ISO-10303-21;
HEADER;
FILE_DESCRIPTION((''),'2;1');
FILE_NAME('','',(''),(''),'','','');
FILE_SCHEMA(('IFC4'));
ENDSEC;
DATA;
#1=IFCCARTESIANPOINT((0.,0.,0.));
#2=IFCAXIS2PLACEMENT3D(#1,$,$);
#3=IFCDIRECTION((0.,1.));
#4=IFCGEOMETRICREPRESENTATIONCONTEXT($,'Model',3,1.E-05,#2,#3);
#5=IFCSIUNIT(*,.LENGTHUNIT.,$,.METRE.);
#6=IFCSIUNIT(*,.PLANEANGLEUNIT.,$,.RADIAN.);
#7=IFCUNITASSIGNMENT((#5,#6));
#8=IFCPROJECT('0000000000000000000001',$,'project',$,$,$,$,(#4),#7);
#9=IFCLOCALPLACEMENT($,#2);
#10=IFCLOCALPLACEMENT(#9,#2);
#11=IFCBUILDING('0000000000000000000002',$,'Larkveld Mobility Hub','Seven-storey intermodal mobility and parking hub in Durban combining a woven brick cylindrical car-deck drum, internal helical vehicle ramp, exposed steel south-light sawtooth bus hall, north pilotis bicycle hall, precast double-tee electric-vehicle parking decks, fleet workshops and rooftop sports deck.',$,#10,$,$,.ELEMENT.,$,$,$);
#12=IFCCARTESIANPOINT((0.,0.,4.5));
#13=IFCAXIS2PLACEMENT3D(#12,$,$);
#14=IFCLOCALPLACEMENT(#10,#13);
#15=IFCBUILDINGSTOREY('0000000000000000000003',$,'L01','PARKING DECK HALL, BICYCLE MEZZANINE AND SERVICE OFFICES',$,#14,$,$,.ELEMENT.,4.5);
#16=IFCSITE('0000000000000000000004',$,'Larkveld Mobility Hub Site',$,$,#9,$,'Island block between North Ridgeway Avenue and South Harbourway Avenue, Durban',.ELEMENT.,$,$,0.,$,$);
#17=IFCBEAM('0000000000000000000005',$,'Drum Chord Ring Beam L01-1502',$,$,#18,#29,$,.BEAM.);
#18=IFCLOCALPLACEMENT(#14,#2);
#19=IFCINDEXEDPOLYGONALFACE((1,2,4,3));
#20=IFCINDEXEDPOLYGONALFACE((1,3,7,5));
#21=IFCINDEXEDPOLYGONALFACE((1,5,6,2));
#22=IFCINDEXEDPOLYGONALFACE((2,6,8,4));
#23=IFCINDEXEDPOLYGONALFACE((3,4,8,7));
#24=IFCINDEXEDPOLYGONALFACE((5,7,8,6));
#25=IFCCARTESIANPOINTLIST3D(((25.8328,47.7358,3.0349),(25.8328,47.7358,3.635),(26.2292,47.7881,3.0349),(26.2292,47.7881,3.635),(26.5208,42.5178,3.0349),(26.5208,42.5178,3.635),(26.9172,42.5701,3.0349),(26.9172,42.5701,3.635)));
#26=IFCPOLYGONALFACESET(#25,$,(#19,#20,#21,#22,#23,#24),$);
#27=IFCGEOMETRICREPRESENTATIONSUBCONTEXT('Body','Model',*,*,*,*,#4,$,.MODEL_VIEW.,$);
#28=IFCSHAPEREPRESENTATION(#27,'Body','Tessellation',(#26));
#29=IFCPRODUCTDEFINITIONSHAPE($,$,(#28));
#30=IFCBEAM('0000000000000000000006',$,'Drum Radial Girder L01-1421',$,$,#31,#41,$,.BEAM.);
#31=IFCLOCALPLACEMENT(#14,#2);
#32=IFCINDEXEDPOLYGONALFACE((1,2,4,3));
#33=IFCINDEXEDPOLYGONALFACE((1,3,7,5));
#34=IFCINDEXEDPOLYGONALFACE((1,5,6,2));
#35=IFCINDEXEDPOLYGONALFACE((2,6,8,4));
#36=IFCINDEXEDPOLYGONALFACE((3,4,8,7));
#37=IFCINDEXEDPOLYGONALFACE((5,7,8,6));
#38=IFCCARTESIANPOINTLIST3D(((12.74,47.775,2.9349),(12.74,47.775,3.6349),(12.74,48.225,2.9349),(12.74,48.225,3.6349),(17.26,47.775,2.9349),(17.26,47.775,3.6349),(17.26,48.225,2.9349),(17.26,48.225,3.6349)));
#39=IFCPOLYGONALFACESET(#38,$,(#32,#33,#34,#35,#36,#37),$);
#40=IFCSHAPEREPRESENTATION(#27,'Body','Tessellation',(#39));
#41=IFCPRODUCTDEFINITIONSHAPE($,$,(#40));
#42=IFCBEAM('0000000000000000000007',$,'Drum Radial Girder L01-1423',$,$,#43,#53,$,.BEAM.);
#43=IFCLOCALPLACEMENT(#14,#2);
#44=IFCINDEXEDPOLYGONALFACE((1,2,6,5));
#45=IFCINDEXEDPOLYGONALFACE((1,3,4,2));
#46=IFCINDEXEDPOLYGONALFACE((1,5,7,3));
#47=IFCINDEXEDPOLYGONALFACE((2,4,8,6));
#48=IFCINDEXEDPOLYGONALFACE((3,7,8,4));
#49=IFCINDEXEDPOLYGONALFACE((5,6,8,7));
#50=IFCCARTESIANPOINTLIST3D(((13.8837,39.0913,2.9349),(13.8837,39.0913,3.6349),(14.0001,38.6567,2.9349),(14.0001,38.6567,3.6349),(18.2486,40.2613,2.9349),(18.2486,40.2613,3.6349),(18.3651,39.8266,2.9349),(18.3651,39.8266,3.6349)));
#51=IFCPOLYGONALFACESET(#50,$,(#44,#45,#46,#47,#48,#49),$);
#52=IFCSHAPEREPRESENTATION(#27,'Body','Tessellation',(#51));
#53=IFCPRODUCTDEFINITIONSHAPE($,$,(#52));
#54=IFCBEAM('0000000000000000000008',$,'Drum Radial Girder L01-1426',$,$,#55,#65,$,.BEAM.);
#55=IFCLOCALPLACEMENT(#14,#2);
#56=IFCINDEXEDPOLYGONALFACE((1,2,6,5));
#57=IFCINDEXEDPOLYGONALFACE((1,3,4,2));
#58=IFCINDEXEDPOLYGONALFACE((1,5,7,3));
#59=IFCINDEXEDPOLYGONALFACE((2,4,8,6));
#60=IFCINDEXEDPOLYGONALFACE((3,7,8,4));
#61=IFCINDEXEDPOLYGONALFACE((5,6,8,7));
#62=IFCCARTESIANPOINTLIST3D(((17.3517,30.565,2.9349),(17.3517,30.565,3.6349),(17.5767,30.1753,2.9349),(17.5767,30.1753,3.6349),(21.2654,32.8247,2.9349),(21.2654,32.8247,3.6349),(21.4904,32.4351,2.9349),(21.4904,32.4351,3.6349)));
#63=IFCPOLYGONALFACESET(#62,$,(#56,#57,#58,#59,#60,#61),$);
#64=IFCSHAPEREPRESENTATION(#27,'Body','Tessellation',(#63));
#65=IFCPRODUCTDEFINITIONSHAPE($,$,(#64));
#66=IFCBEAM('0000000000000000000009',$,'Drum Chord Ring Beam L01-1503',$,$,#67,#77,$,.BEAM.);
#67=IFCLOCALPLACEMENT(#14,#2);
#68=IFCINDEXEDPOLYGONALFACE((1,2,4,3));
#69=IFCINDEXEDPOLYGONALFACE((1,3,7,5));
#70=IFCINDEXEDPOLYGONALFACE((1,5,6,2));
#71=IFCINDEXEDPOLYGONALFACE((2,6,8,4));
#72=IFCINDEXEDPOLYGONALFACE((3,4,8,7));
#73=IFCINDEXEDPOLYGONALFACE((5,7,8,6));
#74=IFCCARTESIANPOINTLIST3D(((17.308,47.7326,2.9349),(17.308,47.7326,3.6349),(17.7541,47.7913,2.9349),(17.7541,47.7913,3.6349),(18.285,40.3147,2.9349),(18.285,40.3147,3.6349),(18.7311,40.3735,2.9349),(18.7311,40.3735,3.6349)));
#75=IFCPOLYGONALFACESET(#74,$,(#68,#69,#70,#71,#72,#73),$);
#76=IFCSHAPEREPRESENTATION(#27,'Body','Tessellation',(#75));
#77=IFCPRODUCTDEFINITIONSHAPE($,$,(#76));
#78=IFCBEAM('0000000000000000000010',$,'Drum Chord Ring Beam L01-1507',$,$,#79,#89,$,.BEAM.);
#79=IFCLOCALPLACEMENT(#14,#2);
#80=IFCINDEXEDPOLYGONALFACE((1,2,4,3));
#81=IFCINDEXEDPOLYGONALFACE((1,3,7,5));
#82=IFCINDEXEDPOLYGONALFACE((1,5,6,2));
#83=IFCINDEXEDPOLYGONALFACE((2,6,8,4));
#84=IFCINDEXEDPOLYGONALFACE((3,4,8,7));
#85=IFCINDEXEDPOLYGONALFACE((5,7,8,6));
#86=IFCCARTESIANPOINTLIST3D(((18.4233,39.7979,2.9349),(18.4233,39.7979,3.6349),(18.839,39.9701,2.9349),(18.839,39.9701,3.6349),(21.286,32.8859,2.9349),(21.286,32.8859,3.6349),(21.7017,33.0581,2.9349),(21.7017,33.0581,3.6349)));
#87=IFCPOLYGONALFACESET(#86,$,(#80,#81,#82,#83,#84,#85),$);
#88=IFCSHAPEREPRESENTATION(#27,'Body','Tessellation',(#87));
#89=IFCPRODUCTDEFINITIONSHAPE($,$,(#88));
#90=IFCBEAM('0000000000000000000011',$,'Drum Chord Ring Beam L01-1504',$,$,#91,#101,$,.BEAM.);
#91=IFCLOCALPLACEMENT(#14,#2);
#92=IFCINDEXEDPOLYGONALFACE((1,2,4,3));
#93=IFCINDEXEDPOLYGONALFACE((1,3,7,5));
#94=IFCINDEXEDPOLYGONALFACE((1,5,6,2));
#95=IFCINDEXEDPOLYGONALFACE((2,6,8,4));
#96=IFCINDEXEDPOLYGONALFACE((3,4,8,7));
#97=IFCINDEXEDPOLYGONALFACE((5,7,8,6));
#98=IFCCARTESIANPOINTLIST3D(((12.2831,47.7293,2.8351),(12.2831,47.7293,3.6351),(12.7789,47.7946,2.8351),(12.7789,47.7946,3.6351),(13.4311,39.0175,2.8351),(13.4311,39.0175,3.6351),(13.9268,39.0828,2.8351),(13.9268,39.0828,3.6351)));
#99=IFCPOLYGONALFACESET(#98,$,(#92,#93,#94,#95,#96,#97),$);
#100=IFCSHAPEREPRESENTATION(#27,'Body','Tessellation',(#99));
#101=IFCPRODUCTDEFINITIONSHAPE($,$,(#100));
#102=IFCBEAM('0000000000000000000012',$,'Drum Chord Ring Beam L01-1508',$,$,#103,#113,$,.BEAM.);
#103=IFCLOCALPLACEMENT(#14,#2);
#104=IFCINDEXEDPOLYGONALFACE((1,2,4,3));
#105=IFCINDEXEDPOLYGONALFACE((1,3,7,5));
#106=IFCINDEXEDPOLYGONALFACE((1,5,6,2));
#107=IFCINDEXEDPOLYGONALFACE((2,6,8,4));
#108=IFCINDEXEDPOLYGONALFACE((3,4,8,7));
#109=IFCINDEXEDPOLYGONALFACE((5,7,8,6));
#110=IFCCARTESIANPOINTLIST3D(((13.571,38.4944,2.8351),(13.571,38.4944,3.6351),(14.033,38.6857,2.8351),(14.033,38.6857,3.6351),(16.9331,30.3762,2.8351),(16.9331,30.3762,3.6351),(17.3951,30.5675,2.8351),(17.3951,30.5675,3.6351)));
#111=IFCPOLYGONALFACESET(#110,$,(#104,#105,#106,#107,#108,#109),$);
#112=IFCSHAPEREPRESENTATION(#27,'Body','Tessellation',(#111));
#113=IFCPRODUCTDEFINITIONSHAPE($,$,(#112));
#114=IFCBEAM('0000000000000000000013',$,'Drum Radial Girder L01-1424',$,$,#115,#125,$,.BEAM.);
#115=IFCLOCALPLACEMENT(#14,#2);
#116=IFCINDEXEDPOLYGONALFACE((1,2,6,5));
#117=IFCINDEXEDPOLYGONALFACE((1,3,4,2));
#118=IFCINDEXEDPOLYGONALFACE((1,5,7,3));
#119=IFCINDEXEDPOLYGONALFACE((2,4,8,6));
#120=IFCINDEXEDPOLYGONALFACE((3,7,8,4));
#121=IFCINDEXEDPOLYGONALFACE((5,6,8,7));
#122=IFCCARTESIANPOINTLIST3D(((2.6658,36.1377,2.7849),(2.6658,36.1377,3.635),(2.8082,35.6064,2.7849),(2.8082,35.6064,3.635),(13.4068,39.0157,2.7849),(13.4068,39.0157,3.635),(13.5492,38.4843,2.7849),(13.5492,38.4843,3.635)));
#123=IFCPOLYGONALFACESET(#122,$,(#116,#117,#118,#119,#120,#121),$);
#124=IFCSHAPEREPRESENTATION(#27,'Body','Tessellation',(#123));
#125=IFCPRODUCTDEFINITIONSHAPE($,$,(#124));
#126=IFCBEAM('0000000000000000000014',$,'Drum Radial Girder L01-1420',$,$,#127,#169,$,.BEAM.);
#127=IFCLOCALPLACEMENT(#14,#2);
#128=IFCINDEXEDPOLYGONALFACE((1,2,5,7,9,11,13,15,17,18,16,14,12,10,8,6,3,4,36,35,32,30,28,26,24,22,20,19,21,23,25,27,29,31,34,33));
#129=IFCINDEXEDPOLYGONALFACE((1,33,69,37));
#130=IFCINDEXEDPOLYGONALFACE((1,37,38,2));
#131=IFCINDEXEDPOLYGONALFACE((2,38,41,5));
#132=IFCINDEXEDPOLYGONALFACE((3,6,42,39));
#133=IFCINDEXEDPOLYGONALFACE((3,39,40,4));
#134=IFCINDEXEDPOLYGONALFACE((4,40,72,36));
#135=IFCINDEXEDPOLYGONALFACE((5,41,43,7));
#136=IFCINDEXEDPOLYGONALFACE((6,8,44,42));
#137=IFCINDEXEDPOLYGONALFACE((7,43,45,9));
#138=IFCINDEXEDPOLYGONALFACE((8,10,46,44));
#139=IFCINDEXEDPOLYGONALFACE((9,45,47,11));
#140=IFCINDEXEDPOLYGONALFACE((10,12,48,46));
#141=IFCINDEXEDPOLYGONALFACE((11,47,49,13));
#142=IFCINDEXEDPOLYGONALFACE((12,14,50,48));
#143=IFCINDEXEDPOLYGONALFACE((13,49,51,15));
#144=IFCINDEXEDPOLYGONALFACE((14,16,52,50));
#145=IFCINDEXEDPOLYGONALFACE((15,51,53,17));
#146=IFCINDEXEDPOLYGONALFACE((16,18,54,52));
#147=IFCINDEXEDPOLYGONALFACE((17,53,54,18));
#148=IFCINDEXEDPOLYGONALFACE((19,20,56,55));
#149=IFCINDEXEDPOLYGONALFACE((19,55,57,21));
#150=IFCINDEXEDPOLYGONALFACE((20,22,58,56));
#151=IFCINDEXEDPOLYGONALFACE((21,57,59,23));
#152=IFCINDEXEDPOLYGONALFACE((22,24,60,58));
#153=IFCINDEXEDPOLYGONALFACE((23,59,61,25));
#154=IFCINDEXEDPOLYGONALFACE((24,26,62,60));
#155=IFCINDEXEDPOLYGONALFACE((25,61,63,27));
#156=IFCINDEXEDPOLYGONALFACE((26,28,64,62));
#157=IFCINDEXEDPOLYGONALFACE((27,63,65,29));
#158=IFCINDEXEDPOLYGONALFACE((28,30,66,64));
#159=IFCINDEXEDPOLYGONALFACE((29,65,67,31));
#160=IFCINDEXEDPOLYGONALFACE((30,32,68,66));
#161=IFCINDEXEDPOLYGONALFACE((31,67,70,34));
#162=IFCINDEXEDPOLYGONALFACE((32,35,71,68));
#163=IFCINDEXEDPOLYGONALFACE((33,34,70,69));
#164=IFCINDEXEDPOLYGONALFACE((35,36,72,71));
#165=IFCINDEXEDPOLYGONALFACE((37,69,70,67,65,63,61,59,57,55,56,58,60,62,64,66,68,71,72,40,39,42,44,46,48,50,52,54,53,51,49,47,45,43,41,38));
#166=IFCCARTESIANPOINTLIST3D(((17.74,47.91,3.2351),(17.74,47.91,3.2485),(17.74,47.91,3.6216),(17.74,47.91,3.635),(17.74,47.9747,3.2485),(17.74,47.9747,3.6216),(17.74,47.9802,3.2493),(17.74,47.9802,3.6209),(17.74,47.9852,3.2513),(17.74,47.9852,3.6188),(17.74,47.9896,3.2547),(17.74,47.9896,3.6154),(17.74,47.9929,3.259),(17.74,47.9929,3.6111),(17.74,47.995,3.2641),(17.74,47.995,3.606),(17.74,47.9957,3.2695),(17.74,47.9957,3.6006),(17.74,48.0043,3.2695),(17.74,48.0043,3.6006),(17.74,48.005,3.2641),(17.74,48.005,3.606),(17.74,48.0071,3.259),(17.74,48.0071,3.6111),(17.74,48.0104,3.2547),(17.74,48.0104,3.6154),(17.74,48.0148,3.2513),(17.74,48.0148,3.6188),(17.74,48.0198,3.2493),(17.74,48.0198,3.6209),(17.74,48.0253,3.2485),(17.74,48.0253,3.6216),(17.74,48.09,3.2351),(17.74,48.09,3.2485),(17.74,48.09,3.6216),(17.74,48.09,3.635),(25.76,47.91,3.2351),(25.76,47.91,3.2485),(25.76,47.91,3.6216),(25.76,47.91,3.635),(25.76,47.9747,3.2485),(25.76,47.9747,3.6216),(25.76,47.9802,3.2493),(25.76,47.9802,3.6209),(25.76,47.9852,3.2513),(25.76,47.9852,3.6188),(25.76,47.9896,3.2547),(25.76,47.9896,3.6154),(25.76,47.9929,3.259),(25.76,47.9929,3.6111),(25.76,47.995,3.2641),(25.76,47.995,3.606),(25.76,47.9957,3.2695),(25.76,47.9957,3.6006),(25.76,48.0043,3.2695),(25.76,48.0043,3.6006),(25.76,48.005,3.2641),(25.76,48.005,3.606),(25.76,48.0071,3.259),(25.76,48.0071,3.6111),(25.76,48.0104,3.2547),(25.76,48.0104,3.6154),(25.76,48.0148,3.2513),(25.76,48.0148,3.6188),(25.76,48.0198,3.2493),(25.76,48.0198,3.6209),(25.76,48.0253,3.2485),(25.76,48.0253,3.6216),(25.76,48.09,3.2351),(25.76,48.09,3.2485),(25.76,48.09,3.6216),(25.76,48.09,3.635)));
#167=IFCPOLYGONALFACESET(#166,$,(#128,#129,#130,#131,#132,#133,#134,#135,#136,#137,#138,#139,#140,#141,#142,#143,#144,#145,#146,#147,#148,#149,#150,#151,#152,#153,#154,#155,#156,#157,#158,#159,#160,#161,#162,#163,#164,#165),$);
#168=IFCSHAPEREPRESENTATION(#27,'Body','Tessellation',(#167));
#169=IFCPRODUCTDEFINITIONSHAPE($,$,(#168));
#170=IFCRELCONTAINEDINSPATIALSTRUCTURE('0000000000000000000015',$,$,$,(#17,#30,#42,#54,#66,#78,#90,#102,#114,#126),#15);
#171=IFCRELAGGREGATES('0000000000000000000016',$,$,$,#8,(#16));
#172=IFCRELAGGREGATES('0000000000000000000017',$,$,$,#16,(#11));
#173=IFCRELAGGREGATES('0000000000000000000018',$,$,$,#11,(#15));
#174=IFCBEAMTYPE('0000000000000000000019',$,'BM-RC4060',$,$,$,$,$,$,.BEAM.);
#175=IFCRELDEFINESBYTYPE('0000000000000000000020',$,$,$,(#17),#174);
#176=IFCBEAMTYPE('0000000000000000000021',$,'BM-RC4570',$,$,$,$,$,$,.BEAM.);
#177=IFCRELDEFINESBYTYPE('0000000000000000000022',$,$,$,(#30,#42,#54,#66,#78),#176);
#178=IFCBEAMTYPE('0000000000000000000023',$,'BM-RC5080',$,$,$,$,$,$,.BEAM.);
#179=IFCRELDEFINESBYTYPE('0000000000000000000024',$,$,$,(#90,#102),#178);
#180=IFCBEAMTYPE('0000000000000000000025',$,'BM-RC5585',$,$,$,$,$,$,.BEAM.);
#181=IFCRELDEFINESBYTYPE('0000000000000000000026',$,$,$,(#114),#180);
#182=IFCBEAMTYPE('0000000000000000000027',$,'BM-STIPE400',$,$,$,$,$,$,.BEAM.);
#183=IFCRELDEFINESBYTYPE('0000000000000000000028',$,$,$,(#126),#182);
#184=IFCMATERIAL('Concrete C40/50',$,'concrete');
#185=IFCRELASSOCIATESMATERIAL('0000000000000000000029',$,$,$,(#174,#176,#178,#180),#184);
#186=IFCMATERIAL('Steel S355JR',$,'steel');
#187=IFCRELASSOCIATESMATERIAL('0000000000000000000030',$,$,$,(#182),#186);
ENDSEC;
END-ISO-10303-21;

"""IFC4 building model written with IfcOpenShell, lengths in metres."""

from ifc_helpers import new_model, si_unit, direction, frame, origin, origin_2d, place, context, subcontext, project, spatial, rectangle, i_section, extrude, material, material_profile, profile_set, type_object, element, save


model = new_model("IFC4")

# Units and contexts
model_context = context("Model", 3, precision=1e-05, world=origin(), true_north=direction((0.0, 1.0)))
body_context = subcontext(model_context, "Body", "Model", "MODEL_VIEW")
ifc_project = project(units=[si_unit("LENGTHUNIT", "METRE"), si_unit("PLANEANGLEUNIT", "RADIAN")], contexts=[model_context])

# Site, building, storey
site_placement = place(None, origin())
site = spatial("IfcSite", under=ifc_project, at=site_placement, Name="Larkveld Mobility Hub Site", LongName="Island block between North Ridgeway Avenue and South Harbourway Avenue, Durban", CompositionType="ELEMENT", RefElevation=0.0)
building_placement = place(site_placement, origin())
building = spatial("IfcBuilding", under=site, at=building_placement, Name="Larkveld Mobility Hub", Description="Seven-storey intermodal mobility and parking hub in Durban combining a woven brick cylindrical car-deck drum, internal helical vehicle ramp, exposed steel south-light sawtooth bus hall, north pilotis bicycle hall, precast double-tee electric-vehicle parking decks, fleet workshops and rooftop sports deck.", CompositionType="ELEMENT")
storey_placement = place(building_placement, frame((0.0, 0.0, 4.5)))
storey = spatial("IfcBuildingStorey", under=building, at=storey_placement, Name="L01", Description="PARKING DECK HALL, BICYCLE MEZZANINE AND SERVICE OFFICES", CompositionType="ELEMENT", Elevation=4.5)

# Shared definitions
ifc_material_1 = material(Name="Concrete C40/50", Category="concrete")

# Beams
ifc_material_profile_1 = material_profile(ifc_material_1, rectangle(XDim=0.3999, YDim=0.6001, at=origin_2d()), Name="RC BM 400x600")
ifc_profile_set_1 = profile_set([ifc_material_profile_1], Name="Concrete C40/50")
beam_type_1 = type_object("IfcBeamType", Name="BM-RC4060", PredefinedType="BEAM", material=ifc_profile_set_1)
beam_1_placement = place(storey_placement, frame((26.031, 47.762, 3.335), z_axis=(0.130717, -0.99142, 0.0), x_axis=(0.99142, 0.130717, 0.0)))
element("IfcBeam", 1, at=beam_1_placement, inside=storey, type_object=beam_type_1, Name="Drum Chord Ring Beam L01-1502", PredefinedType="BEAM", context=body_context, shape_type="SweptSolid", body=[
    extrude(rectangle(XDim=0.3999, YDim=0.6001, at=origin_2d()), origin(), (0.0, 0.0, 1.0), 5.2632),
])
ifc_material_profile_2 = material_profile(ifc_material_1, rectangle(XDim=0.45, YDim=0.7, at=origin_2d()), Name="RC BM 450x700")
ifc_profile_set_2 = profile_set([ifc_material_profile_2], Name="Concrete C40/50")
beam_type_2 = type_object("IfcBeamType", Name="BM-RC4570", PredefinedType="BEAM", material=ifc_profile_set_2)
beam_2_placement = place(storey_placement, frame((17.26, 48.0, 3.2849), z_axis=(-1.0, 0.0, 0.0), x_axis=(0.0, -1.0, 0.0)))
element("IfcBeam", 2, at=beam_2_placement, inside=storey, type_object=beam_type_2, Name="Drum Radial Girder L01-1421", PredefinedType="BEAM", context=body_context, shape_type="SweptSolid", body=[
    extrude(rectangle(XDim=0.45, YDim=0.7, at=origin_2d()), origin(), (0.0, 0.0, 1.0), 4.52),
])
beam_3_placement = place(storey_placement, frame((18.3069, 40.0439, 3.2849), z_axis=(-0.965908, -0.258886, 0.0), x_axis=(0.258886, -0.965908, 0.0)))
element("IfcBeam", 3, at=beam_3_placement, inside=storey, type_object=beam_type_2, Name="Drum Radial Girder L01-1423", PredefinedType="BEAM", context=body_context, shape_type="SweptSolid", body=[
    extrude(rectangle(XDim=0.45, YDim=0.7, at=origin_2d()), origin(), (0.0, 0.0, 1.0), 4.519),
])
beam_4_placement = place(storey_placement, frame((21.3779, 32.6299, 3.2849), z_axis=(-0.866014, -0.50002, 0.0), x_axis=(0.50002, -0.866014, 0.0)))
element("IfcBeam", 4, at=beam_4_placement, inside=storey, type_object=beam_type_2, Name="Drum Radial Girder L01-1426", PredefinedType="BEAM", context=body_context, shape_type="SweptSolid", body=[
    extrude(rectangle(XDim=0.45, YDim=0.7, at=origin_2d()), origin(), (0.0, 0.0, 1.0), 4.5193),
])
beam_5_placement = place(storey_placement, frame((17.531, 47.762, 3.2849), z_axis=(0.130586, -0.991437, 0.0), x_axis=(0.991437, 0.130586, 0.0)))
element("IfcBeam", 5, at=beam_5_placement, inside=storey, type_object=beam_type_2, Name="Drum Chord Ring Beam L01-1503", PredefinedType="BEAM", context=body_context, shape_type="SweptSolid", body=[
    extrude(rectangle(XDim=0.45, YDim=0.7, at=origin_2d()), origin(), (0.0, 0.0, 1.0), 7.4819),
])
beam_6_placement = place(storey_placement, frame((18.6311, 39.884, 3.2849), z_axis=(0.38265, -0.923894, 0.0), x_axis=(0.923894, 0.38265, 0.0)))
element("IfcBeam", 6, at=beam_6_placement, inside=storey, type_object=beam_type_2, Name="Drum Chord Ring Beam L01-1507", PredefinedType="BEAM", context=body_context, shape_type="SweptSolid", body=[
    extrude(rectangle(XDim=0.45, YDim=0.7, at=origin_2d()), origin(), (0.0, 0.0, 1.0), 7.4814),
])
ifc_material_profile_3 = material_profile(ifc_material_1, rectangle(XDim=0.5, YDim=0.8, at=origin_2d()), Name="RC BM 500x800")
ifc_profile_set_3 = profile_set([ifc_material_profile_3], Name="Concrete C40/50")
beam_type_3 = type_object("IfcBeamType", Name="BM-RC5080", PredefinedType="BEAM", material=ifc_profile_set_3)
beam_7_placement = place(storey_placement, frame((12.531, 47.762, 3.2351), z_axis=(0.130638, -0.99143, 0.0), x_axis=(0.99143, 0.130638, 0.0)))
element("IfcBeam", 7, at=beam_7_placement, inside=storey, type_object=beam_type_3, Name="Drum Chord Ring Beam L01-1504", PredefinedType="BEAM", context=body_context, shape_type="SweptSolid", body=[
    extrude(rectangle(XDim=0.5, YDim=0.8, at=origin_2d()), origin(), (0.0, 0.0, 1.0), 8.7871),
])
beam_8_placement = place(storey_placement, frame((13.802, 38.5901, 3.2351), z_axis=(0.382626, -0.923903, 0.0), x_axis=(0.923903, 0.382626, 0.0)))
element("IfcBeam", 8, at=beam_8_placement, inside=storey, type_object=beam_type_3, Name="Drum Chord Ring Beam L01-1508", PredefinedType="BEAM", context=body_context, shape_type="SweptSolid", body=[
    extrude(rectangle(XDim=0.5, YDim=0.8, at=origin_2d()), origin(), (0.0, 0.0, 1.0), 8.7869),
])
ifc_material_profile_4 = material_profile(ifc_material_1, rectangle(XDim=0.55, YDim=0.8501, at=origin_2d()), Name="RC BM 550x850")
ifc_profile_set_4 = profile_set([ifc_material_profile_4], Name="Concrete C40/50")
beam_type_4 = type_object("IfcBeamType", Name="BM-RC5585", PredefinedType="BEAM", material=ifc_profile_set_4)
beam_9_placement = place(storey_placement, frame((13.478, 38.75, 3.21), z_axis=(-0.965928, -0.25881, 0.0), x_axis=(0.25881, -0.965928, 0.0)))
element("IfcBeam", 9, at=beam_9_placement, inside=storey, type_object=beam_type_4, Name="Drum Radial Girder L01-1424", PredefinedType="BEAM", context=body_context, shape_type="SweptSolid", body=[
    extrude(rectangle(XDim=0.55, YDim=0.8501, at=origin_2d()), origin(), (0.0, 0.0, 1.0), 11.1199),
])
ifc_material_2 = material(Name="Steel S355JR", Category="steel")
ifc_material_profile_5 = material_profile(ifc_material_2, i_section(OverallWidth=0.1799, OverallDepth=0.3999, WebThickness=0.0085, FlangeThickness=0.0134, FilletRadius=0.021, at=origin_2d()), Name="IPE 400")
ifc_profile_set_5 = profile_set([ifc_material_profile_5], Name="Steel S355JR")
beam_type_5 = type_object("IfcBeamType", Name="BM-STIPE400", PredefinedType="BEAM", material=ifc_profile_set_5)
beam_10_placement = place(storey_placement, frame((25.76, 48.0, 3.4351), z_axis=(-1.0, 0.0, 0.0), x_axis=(0.0, -1.0, 0.0)))
element("IfcBeam", 10, at=beam_10_placement, inside=storey, type_object=beam_type_5, Name="Drum Radial Girder L01-1420", PredefinedType="BEAM", context=body_context, shape_type="SweptSolid", body=[
    extrude(i_section(OverallWidth=0.1799, OverallDepth=0.3999, WebThickness=0.0085, FlangeThickness=0.0134, FilletRadius=0.021, at=origin_2d()), origin(), (0.0, 0.0, 1.0), 8.02),
])

save(model, "model.ifc")
